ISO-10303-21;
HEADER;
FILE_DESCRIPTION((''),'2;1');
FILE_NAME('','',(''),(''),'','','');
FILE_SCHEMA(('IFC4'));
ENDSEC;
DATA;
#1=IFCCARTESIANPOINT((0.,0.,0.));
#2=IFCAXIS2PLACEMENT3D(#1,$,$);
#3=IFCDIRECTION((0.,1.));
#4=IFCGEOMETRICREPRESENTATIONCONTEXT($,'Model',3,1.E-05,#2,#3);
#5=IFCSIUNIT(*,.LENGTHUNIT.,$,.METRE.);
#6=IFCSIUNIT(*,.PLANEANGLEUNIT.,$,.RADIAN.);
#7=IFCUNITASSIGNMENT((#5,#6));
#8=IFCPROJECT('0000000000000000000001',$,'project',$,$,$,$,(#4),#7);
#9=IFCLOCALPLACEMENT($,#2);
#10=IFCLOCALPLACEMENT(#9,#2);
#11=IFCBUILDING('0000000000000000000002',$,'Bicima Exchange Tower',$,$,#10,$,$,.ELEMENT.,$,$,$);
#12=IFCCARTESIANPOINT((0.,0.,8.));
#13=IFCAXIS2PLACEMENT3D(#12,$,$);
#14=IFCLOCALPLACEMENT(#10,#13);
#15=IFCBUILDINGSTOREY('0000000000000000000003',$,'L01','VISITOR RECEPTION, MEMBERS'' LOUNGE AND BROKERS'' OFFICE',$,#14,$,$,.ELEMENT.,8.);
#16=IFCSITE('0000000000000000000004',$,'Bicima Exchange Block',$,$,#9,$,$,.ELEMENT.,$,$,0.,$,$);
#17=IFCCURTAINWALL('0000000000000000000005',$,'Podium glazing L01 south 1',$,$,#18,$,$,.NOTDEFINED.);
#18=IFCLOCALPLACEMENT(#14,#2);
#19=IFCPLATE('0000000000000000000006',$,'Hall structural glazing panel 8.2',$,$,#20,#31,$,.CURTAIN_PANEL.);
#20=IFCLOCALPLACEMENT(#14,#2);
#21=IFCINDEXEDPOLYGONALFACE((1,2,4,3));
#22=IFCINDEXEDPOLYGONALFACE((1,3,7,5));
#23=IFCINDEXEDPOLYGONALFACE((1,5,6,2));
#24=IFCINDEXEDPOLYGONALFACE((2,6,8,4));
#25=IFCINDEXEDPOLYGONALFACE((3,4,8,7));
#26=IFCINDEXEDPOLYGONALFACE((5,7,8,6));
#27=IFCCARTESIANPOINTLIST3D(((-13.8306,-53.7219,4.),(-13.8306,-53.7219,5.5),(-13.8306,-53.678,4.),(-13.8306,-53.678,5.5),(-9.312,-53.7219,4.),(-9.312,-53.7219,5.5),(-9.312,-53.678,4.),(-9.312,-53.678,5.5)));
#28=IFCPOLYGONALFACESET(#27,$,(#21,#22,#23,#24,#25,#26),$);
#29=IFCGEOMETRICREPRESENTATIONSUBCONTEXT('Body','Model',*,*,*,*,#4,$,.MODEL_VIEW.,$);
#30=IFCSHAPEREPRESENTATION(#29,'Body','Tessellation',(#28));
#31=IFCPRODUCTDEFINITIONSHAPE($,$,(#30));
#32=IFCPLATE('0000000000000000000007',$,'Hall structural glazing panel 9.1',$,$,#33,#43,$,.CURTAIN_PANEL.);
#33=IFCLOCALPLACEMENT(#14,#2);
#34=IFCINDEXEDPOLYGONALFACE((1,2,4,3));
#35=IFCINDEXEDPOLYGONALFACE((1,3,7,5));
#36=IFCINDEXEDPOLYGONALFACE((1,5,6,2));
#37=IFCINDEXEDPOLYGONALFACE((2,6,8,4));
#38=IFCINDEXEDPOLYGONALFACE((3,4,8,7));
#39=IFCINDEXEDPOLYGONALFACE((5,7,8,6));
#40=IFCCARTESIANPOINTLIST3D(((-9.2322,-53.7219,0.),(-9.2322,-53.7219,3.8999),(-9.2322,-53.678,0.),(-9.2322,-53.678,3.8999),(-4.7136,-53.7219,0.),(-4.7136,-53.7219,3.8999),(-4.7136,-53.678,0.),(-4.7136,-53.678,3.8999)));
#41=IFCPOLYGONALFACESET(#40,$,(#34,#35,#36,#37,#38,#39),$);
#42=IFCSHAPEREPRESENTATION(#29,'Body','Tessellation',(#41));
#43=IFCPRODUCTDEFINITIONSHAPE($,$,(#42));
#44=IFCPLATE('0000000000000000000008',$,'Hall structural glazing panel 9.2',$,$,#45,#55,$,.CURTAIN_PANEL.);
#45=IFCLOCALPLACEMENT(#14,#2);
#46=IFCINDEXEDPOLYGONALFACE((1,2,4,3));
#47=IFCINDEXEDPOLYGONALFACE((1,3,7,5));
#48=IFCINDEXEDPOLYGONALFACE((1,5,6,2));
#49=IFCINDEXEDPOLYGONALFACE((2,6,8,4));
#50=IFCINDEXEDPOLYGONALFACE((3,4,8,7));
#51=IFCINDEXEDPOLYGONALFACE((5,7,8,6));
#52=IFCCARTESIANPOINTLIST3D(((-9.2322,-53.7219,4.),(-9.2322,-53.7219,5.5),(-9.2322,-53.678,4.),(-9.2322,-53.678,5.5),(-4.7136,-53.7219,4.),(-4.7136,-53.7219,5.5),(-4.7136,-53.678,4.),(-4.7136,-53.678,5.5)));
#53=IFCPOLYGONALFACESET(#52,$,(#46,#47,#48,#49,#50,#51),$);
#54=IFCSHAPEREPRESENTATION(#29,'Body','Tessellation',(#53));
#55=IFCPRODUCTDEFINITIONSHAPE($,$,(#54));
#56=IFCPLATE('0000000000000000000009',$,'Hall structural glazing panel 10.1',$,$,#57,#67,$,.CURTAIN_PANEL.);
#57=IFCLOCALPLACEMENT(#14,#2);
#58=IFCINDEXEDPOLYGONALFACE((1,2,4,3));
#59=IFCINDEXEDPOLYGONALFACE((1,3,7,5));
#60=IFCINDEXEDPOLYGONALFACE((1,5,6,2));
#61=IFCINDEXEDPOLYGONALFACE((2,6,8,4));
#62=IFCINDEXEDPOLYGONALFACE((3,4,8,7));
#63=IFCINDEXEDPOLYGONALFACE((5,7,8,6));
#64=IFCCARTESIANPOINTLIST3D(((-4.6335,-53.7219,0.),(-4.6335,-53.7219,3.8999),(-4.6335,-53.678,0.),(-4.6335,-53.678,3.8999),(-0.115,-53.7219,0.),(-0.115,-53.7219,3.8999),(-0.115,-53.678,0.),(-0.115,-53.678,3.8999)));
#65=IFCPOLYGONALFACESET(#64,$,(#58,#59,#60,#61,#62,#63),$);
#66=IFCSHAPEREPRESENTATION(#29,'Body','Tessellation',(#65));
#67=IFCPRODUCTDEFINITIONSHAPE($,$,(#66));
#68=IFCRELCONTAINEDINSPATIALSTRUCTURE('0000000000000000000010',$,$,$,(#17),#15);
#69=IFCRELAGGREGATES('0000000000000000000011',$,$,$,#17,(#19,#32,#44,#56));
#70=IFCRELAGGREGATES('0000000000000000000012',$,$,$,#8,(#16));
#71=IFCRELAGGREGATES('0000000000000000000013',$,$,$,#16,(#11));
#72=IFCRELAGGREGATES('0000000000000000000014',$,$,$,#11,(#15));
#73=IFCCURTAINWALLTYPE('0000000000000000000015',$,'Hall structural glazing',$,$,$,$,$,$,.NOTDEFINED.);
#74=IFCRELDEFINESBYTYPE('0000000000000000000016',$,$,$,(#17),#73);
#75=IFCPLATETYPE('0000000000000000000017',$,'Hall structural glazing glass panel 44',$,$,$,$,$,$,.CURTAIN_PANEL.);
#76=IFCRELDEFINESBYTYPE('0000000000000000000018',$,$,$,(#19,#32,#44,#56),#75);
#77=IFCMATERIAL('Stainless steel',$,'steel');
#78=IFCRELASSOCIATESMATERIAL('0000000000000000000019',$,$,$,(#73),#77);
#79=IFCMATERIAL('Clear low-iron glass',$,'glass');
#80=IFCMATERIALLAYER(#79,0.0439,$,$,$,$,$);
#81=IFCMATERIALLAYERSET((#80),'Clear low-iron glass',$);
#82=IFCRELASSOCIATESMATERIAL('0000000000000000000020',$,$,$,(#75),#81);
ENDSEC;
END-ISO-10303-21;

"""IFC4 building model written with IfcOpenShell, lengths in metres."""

from ifc_helpers import new_model, si_unit, direction, frame, origin, origin_2d, place, context, subcontext, project, spatial, rectangle, extrude, material, layer, layer_set, type_object, element, aggregate, save


model = new_model("IFC4")

# Units and contexts
model_context = context("Model", 3, precision=1e-05, world=origin(), true_north=direction((0.0, 1.0)))
body_context = subcontext(model_context, "Body", "Model", "MODEL_VIEW")
ifc_project = project(units=[si_unit("LENGTHUNIT", "METRE"), si_unit("PLANEANGLEUNIT", "RADIAN")], contexts=[model_context])

# Site, building, storey
site_placement = place(None, origin())
site = spatial("IfcSite", under=ifc_project, at=site_placement, Name="Bicima Exchange Block", CompositionType="ELEMENT", RefElevation=0.0)
building_placement = place(site_placement, origin())
building = spatial("IfcBuilding", under=site, at=building_placement, Name="Bicima Exchange Tower", CompositionType="ELEMENT")
storey_placement = place(building_placement, frame((0.0, 0.0, 8.0)))
storey = spatial("IfcBuildingStorey", under=building, at=storey_placement, Name="L01", Description="VISITOR RECEPTION, MEMBERS' LOUNGE AND BROKERS' OFFICE", CompositionType="ELEMENT", Elevation=8.0)

# Curtain wall, plates
ifc_material_1 = material(Name="Stainless steel", Category="steel")
curtain_wall_type = type_object("IfcCurtainWallType", Name="Hall structural glazing", PredefinedType="NOTDEFINED", material=ifc_material_1)
curtain_wall_placement = place(storey_placement, origin())
curtain_wall = element("IfcCurtainWall", 1, at=curtain_wall_placement, inside=storey, type_object=curtain_wall_type, Name="Podium glazing L01 south 1", PredefinedType="NOTDEFINED")
ifc_material_2 = material(Name="Clear low-iron glass", Category="glass")
ifc_layer = layer(ifc_material_2, 0.0439)
ifc_layer_set = layer_set([ifc_layer], Name="Clear low-iron glass")
plate_type = type_object("IfcPlateType", Name="Hall structural glazing glass panel 44", PredefinedType="CURTAIN_PANEL", material=ifc_layer_set)
plate_1_placement = place(storey_placement, frame((-11.5713, -53.7, 4.0), z_axis=(0.0, 0.0, 1.0), x_axis=(1.0, 0.0, 0.0)))
plate_1 = element("IfcPlate", 2, at=plate_1_placement, type_object=plate_type, Name="Hall structural glazing panel 8.2", PredefinedType="CURTAIN_PANEL", context=body_context, shape_type="SweptSolid", body=[
    extrude(rectangle(XDim=4.5186, YDim=0.0439, at=origin_2d()), origin(), (0.0, 0.0, 1.0), 1.5),
])
plate_2_placement = place(storey_placement, frame((-6.9729, -53.7, 0.0), z_axis=(0.0, 0.0, 1.0), x_axis=(1.0, 0.0, 0.0)))
plate_2 = element("IfcPlate", 3, at=plate_2_placement, type_object=plate_type, Name="Hall structural glazing panel 9.1", PredefinedType="CURTAIN_PANEL", context=body_context, shape_type="SweptSolid", body=[
    extrude(rectangle(XDim=4.5186, YDim=0.0439, at=origin_2d()), origin(), (0.0, 0.0, 1.0), 3.8999),
])
plate_3_placement = place(storey_placement, frame((-6.9729, -53.7, 4.0), z_axis=(0.0, 0.0, 1.0), x_axis=(1.0, 0.0, 0.0)))
plate_3 = element("IfcPlate", 4, at=plate_3_placement, type_object=plate_type, Name="Hall structural glazing panel 9.2", PredefinedType="CURTAIN_PANEL", context=body_context, shape_type="SweptSolid", body=[
    extrude(rectangle(XDim=4.5186, YDim=0.0439, at=origin_2d()), origin(), (0.0, 0.0, 1.0), 1.5),
])
plate_4_placement = place(storey_placement, frame((-2.3743, -53.7, 0.0), z_axis=(0.0, 0.0, 1.0), x_axis=(1.0, 0.0, 0.0)))
plate_4 = element("IfcPlate", 5, at=plate_4_placement, type_object=plate_type, Name="Hall structural glazing panel 10.1", PredefinedType="CURTAIN_PANEL", context=body_context, shape_type="SweptSolid", body=[
    extrude(rectangle(XDim=4.5186, YDim=0.0439, at=origin_2d()), origin(), (0.0, 0.0, 1.0), 3.8999),
])
aggregate(curtain_wall, [plate_1, plate_2, plate_3, plate_4])

save(model, "model.ifc")
